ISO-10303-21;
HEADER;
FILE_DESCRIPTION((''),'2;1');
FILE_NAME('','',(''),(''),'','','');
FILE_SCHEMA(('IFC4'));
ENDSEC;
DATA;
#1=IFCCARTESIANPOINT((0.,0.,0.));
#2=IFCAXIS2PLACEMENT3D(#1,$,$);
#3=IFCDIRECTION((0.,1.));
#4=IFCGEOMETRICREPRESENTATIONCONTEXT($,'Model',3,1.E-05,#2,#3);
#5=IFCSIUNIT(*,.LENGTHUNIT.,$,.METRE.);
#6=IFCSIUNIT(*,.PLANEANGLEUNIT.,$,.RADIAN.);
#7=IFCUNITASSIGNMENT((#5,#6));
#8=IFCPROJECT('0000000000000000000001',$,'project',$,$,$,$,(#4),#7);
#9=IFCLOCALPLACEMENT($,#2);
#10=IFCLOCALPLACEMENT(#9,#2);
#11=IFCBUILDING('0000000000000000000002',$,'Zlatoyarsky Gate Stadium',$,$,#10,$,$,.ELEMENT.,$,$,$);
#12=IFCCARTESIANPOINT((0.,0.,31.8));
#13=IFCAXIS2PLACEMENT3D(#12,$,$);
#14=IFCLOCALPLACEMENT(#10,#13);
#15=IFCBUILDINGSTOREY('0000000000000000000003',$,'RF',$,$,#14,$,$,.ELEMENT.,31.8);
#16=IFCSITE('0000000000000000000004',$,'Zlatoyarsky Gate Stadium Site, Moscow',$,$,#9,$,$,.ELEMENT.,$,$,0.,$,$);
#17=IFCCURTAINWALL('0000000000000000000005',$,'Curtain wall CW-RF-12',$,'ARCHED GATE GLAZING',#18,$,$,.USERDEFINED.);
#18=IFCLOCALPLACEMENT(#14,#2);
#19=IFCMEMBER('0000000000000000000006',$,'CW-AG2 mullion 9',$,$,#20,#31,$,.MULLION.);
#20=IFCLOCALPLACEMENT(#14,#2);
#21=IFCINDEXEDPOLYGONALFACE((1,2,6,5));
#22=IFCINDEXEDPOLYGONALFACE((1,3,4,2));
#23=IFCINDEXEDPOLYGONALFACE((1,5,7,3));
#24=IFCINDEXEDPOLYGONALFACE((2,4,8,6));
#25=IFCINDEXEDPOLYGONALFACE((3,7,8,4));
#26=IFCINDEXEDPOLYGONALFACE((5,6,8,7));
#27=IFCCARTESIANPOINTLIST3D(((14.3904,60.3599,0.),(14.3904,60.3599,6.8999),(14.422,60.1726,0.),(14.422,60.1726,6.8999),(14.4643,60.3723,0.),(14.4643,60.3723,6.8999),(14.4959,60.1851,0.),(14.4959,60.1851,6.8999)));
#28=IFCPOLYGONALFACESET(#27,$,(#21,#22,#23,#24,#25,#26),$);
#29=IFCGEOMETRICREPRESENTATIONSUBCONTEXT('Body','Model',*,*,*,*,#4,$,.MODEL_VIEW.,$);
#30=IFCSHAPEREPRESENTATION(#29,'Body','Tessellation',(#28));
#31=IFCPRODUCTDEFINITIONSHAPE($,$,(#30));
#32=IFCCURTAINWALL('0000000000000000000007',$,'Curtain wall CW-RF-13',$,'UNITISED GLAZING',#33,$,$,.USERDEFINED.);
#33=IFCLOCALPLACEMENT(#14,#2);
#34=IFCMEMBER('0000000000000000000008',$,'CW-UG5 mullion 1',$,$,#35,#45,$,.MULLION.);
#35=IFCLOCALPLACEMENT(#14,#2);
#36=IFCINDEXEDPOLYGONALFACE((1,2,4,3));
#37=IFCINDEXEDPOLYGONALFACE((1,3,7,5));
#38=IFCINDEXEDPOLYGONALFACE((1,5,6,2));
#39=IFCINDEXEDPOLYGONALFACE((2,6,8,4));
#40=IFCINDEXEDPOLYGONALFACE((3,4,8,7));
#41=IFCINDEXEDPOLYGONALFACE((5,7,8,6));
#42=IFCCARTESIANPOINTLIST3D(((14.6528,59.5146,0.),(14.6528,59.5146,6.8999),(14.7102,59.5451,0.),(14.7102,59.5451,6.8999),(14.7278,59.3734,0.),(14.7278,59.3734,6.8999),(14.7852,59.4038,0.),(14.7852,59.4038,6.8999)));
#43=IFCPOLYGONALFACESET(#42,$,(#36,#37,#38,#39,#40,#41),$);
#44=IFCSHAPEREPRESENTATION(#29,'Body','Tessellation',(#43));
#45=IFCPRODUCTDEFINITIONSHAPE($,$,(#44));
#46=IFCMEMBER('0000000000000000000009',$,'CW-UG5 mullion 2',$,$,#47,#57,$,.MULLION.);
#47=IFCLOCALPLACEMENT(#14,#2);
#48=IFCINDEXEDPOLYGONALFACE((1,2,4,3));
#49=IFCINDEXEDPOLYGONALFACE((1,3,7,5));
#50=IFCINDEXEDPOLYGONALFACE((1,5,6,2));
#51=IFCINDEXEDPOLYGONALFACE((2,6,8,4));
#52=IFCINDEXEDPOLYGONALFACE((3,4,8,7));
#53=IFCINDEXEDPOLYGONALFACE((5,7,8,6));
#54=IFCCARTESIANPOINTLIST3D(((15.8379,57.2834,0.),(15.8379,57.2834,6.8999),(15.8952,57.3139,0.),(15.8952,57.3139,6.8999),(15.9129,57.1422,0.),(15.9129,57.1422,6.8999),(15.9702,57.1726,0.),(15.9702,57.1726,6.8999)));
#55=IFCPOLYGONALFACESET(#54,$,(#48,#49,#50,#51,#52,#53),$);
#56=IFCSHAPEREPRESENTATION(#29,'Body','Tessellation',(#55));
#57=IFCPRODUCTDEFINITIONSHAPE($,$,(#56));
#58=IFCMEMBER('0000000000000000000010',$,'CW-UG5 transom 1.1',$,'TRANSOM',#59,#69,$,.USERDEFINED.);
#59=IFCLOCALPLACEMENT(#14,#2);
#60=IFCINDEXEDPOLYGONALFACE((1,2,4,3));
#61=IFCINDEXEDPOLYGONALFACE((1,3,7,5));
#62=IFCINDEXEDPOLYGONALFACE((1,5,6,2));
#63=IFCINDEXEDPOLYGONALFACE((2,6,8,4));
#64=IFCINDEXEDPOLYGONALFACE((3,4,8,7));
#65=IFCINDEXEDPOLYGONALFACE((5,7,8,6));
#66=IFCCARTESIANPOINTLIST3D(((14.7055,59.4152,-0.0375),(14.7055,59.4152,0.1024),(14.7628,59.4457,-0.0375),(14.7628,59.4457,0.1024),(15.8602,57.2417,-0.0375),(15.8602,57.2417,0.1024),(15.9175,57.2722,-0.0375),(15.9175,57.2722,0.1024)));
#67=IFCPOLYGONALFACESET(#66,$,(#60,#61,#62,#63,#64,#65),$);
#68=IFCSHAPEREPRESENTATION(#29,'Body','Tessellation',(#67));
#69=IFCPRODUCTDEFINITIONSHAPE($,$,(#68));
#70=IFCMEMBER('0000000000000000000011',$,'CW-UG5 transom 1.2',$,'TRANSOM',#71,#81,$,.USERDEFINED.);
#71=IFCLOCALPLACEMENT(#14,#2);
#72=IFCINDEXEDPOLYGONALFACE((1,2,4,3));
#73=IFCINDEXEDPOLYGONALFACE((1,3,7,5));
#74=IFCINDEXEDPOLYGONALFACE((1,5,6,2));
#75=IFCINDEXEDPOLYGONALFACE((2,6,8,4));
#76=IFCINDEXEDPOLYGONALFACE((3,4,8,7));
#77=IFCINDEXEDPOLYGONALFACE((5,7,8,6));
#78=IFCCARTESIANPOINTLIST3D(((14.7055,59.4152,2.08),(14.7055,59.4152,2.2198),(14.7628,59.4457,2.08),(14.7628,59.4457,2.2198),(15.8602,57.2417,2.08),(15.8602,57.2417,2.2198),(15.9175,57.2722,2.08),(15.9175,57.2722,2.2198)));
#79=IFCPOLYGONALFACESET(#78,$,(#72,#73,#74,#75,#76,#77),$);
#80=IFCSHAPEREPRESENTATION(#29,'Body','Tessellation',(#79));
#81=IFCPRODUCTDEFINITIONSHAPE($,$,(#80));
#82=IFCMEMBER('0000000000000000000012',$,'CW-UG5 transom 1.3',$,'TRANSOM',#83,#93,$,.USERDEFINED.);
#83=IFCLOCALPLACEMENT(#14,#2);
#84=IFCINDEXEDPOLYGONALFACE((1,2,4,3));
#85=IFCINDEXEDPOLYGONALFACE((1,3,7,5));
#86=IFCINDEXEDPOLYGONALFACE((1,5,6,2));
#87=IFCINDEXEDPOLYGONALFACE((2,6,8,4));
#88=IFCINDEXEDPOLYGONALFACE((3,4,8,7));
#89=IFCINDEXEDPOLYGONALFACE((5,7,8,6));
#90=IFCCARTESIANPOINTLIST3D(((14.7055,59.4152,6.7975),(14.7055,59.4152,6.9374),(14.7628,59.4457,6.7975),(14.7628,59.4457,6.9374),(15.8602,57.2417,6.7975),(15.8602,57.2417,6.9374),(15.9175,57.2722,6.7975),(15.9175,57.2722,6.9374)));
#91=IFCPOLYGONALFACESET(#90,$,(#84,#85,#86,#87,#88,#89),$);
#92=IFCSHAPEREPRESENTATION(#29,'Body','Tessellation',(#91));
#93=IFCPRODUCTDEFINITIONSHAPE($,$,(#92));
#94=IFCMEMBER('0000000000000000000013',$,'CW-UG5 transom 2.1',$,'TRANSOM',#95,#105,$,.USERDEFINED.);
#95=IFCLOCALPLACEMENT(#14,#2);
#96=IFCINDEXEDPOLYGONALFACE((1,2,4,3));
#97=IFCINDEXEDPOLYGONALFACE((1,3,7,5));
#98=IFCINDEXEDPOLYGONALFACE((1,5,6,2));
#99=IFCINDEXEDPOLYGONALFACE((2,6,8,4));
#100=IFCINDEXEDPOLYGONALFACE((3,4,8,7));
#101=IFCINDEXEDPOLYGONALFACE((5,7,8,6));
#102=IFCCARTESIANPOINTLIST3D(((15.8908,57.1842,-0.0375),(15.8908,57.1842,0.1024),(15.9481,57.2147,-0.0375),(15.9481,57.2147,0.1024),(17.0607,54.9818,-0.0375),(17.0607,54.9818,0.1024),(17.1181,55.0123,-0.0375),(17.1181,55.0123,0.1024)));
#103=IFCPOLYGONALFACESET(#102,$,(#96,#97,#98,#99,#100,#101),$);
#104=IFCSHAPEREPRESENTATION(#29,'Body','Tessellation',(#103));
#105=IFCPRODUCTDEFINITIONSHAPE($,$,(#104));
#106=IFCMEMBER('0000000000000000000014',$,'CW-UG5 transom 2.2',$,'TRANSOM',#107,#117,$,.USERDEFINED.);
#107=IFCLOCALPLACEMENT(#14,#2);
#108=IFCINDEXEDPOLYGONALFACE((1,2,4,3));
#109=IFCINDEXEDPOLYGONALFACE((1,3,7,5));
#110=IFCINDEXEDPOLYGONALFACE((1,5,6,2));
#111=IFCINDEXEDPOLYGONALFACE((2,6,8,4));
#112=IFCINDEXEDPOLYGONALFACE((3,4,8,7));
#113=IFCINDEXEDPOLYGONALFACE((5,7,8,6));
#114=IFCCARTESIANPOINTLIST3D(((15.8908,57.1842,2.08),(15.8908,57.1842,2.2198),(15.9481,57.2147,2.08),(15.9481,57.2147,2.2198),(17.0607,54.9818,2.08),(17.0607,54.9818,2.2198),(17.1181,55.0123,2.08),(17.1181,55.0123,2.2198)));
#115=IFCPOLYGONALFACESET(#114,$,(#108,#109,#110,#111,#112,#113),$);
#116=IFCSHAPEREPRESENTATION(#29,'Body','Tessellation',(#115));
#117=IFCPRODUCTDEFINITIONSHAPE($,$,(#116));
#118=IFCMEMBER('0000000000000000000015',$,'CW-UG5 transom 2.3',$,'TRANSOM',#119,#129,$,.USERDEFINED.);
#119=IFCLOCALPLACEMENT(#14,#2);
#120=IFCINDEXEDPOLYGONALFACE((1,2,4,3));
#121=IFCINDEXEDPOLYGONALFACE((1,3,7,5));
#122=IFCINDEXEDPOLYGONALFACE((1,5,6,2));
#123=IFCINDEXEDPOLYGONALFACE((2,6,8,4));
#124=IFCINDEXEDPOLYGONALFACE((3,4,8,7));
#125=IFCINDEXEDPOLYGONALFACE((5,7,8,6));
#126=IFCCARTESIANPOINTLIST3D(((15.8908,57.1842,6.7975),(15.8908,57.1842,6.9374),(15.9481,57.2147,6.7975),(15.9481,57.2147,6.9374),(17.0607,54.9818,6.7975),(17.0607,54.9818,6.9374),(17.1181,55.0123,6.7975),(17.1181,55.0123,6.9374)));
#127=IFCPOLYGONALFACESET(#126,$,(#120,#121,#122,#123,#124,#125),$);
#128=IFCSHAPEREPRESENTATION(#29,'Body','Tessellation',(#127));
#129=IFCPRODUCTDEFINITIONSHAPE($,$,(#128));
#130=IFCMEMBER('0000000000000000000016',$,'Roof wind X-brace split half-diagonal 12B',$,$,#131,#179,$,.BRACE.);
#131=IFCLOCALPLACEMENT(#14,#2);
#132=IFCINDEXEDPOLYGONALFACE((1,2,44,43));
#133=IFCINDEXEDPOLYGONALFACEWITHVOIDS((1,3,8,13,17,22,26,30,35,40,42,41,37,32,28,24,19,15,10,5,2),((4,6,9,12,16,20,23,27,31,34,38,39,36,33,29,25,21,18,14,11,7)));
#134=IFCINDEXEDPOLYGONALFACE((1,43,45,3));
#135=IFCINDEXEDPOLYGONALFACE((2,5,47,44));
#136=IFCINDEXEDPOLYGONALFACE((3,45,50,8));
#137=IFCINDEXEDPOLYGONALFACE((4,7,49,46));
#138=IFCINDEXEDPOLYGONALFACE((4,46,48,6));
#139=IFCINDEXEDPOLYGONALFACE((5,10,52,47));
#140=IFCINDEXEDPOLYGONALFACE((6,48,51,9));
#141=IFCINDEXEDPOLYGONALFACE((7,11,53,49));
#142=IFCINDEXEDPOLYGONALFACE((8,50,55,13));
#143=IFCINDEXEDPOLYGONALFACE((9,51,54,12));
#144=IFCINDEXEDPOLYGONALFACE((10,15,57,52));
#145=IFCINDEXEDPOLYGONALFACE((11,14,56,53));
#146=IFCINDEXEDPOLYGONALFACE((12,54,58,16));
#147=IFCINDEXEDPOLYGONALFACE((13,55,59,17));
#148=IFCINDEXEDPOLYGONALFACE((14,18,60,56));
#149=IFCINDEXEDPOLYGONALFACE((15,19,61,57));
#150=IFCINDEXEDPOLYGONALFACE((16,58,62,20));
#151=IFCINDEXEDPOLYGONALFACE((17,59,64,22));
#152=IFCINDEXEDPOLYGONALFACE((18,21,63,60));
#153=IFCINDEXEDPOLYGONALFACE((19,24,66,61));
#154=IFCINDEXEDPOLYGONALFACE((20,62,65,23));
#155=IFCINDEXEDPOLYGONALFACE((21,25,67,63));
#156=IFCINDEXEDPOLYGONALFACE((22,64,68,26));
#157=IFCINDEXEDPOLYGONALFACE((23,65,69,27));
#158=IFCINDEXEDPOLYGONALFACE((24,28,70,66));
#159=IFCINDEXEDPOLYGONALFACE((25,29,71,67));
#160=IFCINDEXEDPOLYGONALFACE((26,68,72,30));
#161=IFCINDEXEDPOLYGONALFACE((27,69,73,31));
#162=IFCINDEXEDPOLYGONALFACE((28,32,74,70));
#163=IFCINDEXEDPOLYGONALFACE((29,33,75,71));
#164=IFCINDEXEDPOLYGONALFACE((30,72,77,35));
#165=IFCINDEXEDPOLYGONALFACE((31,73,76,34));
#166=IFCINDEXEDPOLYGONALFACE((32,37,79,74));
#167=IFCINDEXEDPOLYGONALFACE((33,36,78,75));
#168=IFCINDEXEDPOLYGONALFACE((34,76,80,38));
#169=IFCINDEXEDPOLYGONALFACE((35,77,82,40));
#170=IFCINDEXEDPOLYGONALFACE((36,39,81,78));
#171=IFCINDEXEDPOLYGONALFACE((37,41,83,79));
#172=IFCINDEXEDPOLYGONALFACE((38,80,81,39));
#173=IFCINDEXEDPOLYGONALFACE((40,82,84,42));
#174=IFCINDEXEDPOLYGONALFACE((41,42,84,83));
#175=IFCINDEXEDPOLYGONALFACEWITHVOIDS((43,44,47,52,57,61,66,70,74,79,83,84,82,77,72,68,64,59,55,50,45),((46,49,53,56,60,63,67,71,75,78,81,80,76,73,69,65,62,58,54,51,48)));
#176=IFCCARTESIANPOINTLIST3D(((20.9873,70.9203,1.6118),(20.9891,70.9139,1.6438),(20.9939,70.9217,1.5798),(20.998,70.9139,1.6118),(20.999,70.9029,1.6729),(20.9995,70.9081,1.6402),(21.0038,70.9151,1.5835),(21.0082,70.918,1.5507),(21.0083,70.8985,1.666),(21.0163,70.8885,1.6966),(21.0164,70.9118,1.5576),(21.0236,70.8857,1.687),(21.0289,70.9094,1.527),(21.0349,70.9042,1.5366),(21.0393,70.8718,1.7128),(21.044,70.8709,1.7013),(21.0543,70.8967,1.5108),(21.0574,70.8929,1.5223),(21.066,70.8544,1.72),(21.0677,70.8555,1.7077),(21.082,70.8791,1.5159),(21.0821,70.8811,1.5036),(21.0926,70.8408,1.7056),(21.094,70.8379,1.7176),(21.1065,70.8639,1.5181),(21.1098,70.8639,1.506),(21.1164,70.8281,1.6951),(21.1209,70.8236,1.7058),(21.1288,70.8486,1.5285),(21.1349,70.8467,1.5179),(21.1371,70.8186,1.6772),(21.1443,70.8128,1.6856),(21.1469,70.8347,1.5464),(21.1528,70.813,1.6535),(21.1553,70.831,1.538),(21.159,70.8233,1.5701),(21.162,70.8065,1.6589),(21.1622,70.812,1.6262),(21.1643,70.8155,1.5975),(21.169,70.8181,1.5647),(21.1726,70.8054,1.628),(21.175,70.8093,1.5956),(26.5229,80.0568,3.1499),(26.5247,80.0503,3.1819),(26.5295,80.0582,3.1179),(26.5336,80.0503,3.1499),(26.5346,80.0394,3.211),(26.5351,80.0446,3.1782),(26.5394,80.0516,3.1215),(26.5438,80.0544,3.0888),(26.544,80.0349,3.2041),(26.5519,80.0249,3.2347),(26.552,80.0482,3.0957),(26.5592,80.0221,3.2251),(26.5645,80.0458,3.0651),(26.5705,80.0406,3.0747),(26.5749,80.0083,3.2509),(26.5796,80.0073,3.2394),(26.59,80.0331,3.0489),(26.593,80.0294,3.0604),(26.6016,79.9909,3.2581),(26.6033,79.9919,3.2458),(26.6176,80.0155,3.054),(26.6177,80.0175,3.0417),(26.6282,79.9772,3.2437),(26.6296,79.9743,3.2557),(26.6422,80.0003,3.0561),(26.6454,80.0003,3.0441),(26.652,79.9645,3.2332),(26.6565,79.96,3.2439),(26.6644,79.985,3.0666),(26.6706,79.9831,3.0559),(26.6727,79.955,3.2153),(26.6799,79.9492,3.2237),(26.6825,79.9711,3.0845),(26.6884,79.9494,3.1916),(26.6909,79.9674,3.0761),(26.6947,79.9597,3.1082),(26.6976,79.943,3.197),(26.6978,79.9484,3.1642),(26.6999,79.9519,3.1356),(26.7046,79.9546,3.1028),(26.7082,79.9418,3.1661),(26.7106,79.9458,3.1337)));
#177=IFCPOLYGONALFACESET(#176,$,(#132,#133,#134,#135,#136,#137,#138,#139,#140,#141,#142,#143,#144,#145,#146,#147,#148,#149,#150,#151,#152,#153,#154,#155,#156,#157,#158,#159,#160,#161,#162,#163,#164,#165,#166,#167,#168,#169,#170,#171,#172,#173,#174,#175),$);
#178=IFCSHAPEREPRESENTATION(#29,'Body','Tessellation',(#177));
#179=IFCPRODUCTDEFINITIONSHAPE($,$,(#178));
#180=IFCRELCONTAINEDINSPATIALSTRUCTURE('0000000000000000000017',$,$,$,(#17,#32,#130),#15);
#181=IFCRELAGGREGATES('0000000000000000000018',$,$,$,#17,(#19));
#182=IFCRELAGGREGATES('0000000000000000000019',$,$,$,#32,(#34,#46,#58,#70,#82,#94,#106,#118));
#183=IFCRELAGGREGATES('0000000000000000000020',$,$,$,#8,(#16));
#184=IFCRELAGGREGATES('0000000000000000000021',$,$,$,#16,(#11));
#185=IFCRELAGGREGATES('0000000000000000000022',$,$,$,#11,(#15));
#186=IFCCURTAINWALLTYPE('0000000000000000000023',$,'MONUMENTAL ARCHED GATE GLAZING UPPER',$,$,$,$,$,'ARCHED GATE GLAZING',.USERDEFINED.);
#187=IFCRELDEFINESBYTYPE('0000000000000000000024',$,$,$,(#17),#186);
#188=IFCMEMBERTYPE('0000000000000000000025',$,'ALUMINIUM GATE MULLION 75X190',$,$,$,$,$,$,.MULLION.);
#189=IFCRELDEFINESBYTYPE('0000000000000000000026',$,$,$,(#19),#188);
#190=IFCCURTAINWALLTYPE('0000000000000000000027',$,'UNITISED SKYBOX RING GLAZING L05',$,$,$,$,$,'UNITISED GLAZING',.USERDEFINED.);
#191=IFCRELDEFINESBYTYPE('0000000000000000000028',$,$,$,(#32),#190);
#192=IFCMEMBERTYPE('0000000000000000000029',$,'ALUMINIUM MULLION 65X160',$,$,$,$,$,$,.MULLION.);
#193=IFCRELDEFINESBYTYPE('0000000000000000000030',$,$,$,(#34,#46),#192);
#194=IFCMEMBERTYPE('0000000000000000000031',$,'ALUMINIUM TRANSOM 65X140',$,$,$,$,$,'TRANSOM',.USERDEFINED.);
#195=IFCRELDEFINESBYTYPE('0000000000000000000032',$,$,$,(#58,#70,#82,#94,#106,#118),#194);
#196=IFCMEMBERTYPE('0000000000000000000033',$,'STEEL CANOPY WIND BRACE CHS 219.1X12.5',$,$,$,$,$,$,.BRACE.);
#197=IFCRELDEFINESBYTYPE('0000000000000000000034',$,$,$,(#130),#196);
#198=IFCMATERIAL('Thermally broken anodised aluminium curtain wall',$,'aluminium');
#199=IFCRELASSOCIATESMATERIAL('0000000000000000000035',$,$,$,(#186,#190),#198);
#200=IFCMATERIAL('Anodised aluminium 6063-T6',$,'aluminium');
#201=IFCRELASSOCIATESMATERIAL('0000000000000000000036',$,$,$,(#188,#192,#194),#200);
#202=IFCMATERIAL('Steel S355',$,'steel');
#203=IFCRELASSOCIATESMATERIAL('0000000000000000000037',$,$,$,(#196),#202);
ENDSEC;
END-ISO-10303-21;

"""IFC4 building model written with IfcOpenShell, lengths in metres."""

from ifc_helpers import new_model, si_unit, direction, frame, origin, origin_2d, place, context, subcontext, project, spatial, rectangle, hollow_circle, extrude, material, material_profile, profile_set, type_object, element, aggregate, save


model = new_model("IFC4")

# Units and contexts
model_context = context("Model", 3, precision=1e-05, world=origin(), true_north=direction((0.0, 1.0)))
body_context = subcontext(model_context, "Body", "Model", "MODEL_VIEW")
ifc_project = project(units=[si_unit("LENGTHUNIT", "METRE"), si_unit("PLANEANGLEUNIT", "RADIAN")], contexts=[model_context])

# Site, building, storey
site_placement = place(None, origin())
site = spatial("IfcSite", under=ifc_project, at=site_placement, Name="Zlatoyarsky Gate Stadium Site, Moscow", CompositionType="ELEMENT", RefElevation=0.0)
building_placement = place(site_placement, origin())
building = spatial("IfcBuilding", under=site, at=building_placement, Name="Zlatoyarsky Gate Stadium", CompositionType="ELEMENT")
storey_placement = place(building_placement, frame((0.0, 0.0, 31.8)))
storey = spatial("IfcBuildingStorey", under=building, at=storey_placement, Name="RF", CompositionType="ELEMENT", Elevation=31.8)

# Curtain wall, member
ifc_material_1 = material(Name="Thermally broken anodised aluminium curtain wall", Category="aluminium")
curtain_wall_type_1 = type_object("IfcCurtainWallType", Name="MONUMENTAL ARCHED GATE GLAZING UPPER", ElementType="ARCHED GATE GLAZING", PredefinedType="USERDEFINED", material=ifc_material_1)
curtain_wall_1_placement = place(storey_placement, origin())
curtain_wall_1 = element("IfcCurtainWall", 1, at=curtain_wall_1_placement, inside=storey, type_object=curtain_wall_type_1, Name="Curtain wall CW-RF-12", ObjectType="ARCHED GATE GLAZING", PredefinedType="USERDEFINED")
ifc_material_2 = material(Name="Anodised aluminium 6063-T6", Category="aluminium")
ifc_material_profile_1 = material_profile(ifc_material_2, rectangle(XDim=0.075, YDim=0.1899, at=origin_2d()), Name="ALU 75X190")
ifc_profile_set_1 = profile_set([ifc_material_profile_1], Name="Anodised aluminium 6063-T6")
member_type_1 = type_object("IfcMemberType", Name="ALUMINIUM GATE MULLION 75X190", PredefinedType="MULLION", material=ifc_profile_set_1)
member_1_placement = place(storey_placement, frame((14.4431, 60.2725, 0.0), z_axis=(0.0, 0.0, 1.0), x_axis=(0.986044, 0.166482, 0.0)))
member_1 = element("IfcMember", 2, at=member_1_placement, type_object=member_type_1, Name="CW-AG2 mullion 9", PredefinedType="MULLION", context=body_context, shape_type="SweptSolid", body=[
    extrude(rectangle(XDim=0.075, YDim=0.1899, at=origin_2d()), origin(), (0.0, 0.0, 1.0), 6.8999),
])
aggregate(curtain_wall_1, [member_1])

# Curtain wall, members
curtain_wall_type_2 = type_object("IfcCurtainWallType", Name="UNITISED SKYBOX RING GLAZING L05", ElementType="UNITISED GLAZING", PredefinedType="USERDEFINED", material=ifc_material_1)
curtain_wall_2_placement = place(storey_placement, origin())
curtain_wall_2 = element("IfcCurtainWall", 3, at=curtain_wall_2_placement, inside=storey, type_object=curtain_wall_type_2, Name="Curtain wall CW-RF-13", ObjectType="UNITISED GLAZING", PredefinedType="USERDEFINED")
ifc_material_profile_2 = material_profile(ifc_material_2, rectangle(XDim=0.0649, YDim=0.1599, at=origin_2d()), Name="ALU 65X160")
ifc_profile_set_2 = profile_set([ifc_material_profile_2], Name="Anodised aluminium 6063-T6")
member_type_2 = type_object("IfcMemberType", Name="ALUMINIUM MULLION 65X160", PredefinedType="MULLION", material=ifc_profile_set_2)
member_2_placement = place(storey_placement, frame((14.719, 59.4592, 0.0), z_axis=(0.0, 0.0, 1.0), x_axis=(0.883131, 0.469127, 0.0)))
member_2 = element("IfcMember", 4, at=member_2_placement, type_object=member_type_2, Name="CW-UG5 mullion 1", PredefinedType="MULLION", context=body_context, shape_type="SweptSolid", body=[
    extrude(rectangle(XDim=0.0649, YDim=0.1599, at=origin_2d()), origin(), (0.0, 0.0, 1.0), 6.8999),
])
member_3_placement = place(storey_placement, frame((15.9041, 57.228, 0.0), z_axis=(0.0, 0.0, 1.0), x_axis=(0.883131, 0.469127, 0.0)))
member_3 = element("IfcMember", 5, at=member_3_placement, type_object=member_type_2, Name="CW-UG5 mullion 2", PredefinedType="MULLION", context=body_context, shape_type="SweptSolid", body=[
    extrude(rectangle(XDim=0.0649, YDim=0.1599, at=origin_2d()), origin(), (0.0, 0.0, 1.0), 6.8999),
])
ifc_material_profile_3 = material_profile(ifc_material_2, rectangle(XDim=0.0649, YDim=0.1399, at=origin_2d()), Name="ALU 65X140")
ifc_profile_set_3 = profile_set([ifc_material_profile_3], Name="Anodised aluminium 6063-T6")
member_type_3 = type_object("IfcMemberType", Name="ALUMINIUM TRANSOM 65X140", ElementType="TRANSOM", PredefinedType="USERDEFINED", material=ifc_profile_set_3)
member_4_placement = place(storey_placement, frame((14.7341, 59.4304, 0.0325), z_axis=(0.469177, -0.883104, 0.0), x_axis=(0.883104, 0.469177, 0.0)))
member_4 = element("IfcMember", 6, at=member_4_placement, type_object=member_type_3, Name="CW-UG5 transom 1.1", ObjectType="TRANSOM", PredefinedType="USERDEFINED", context=body_context, shape_type="SweptSolid", body=[
    extrude(rectangle(XDim=0.0649, YDim=0.1399, at=origin_2d()), origin(), (0.0, 0.0, 1.0), 2.4612),
])
member_5_placement = place(storey_placement, frame((14.7341, 59.4304, 2.1499), z_axis=(0.469177, -0.883104, 0.0), x_axis=(0.883104, 0.469177, 0.0)))
member_5 = element("IfcMember", 7, at=member_5_placement, type_object=member_type_3, Name="CW-UG5 transom 1.2", ObjectType="TRANSOM", PredefinedType="USERDEFINED", context=body_context, shape_type="SweptSolid", body=[
    extrude(rectangle(XDim=0.0649, YDim=0.1399, at=origin_2d()), origin(), (0.0, 0.0, 1.0), 2.4612),
])
member_6_placement = place(storey_placement, frame((14.7341, 59.4304, 6.8674), z_axis=(0.469177, -0.883104, 0.0), x_axis=(0.883104, 0.469177, 0.0)))
member_6 = element("IfcMember", 8, at=member_6_placement, type_object=member_type_3, Name="CW-UG5 transom 1.3", ObjectType="TRANSOM", PredefinedType="USERDEFINED", context=body_context, shape_type="SweptSolid", body=[
    extrude(rectangle(XDim=0.0649, YDim=0.1399, at=origin_2d()), origin(), (0.0, 0.0, 1.0), 2.4612),
])
member_7_placement = place(storey_placement, frame((15.9194, 57.1995, 0.0325), z_axis=(0.469124, -0.883132, 0.0), x_axis=(0.883132, 0.469124, 0.0)))
member_7 = element("IfcMember", 9, at=member_7_placement, type_object=member_type_3, Name="CW-UG5 transom 2.1", ObjectType="TRANSOM", PredefinedType="USERDEFINED", context=body_context, shape_type="SweptSolid", body=[
    extrude(rectangle(XDim=0.0649, YDim=0.1399, at=origin_2d()), origin(), (0.0, 0.0, 1.0), 2.4939),
])
member_8_placement = place(storey_placement, frame((15.9194, 57.1995, 2.1499), z_axis=(0.469124, -0.883132, 0.0), x_axis=(0.883132, 0.469124, 0.0)))
member_8 = element("IfcMember", 10, at=member_8_placement, type_object=member_type_3, Name="CW-UG5 transom 2.2", ObjectType="TRANSOM", PredefinedType="USERDEFINED", context=body_context, shape_type="SweptSolid", body=[
    extrude(rectangle(XDim=0.0649, YDim=0.1399, at=origin_2d()), origin(), (0.0, 0.0, 1.0), 2.4939),
])
member_9_placement = place(storey_placement, frame((15.9194, 57.1995, 6.8674), z_axis=(0.469124, -0.883132, 0.0), x_axis=(0.883132, 0.469124, 0.0)))
member_9 = element("IfcMember", 11, at=member_9_placement, type_object=member_type_3, Name="CW-UG5 transom 2.3", ObjectType="TRANSOM", PredefinedType="USERDEFINED", context=body_context, shape_type="SweptSolid", body=[
    extrude(rectangle(XDim=0.0649, YDim=0.1399, at=origin_2d()), origin(), (0.0, 0.0, 1.0), 2.4939),
])

# Member
ifc_material_3 = material(Name="Steel S355", Category="steel")
ifc_material_profile_4 = material_profile(ifc_material_3, hollow_circle(Radius=0.1096, WallThickness=0.0125, at=origin_2d()), Name="CHS 219.1X12.5")
ifc_profile_set_4 = profile_set([ifc_material_profile_4], Name="Steel S355")
member_type_4 = type_object("IfcMemberType", Name="STEEL CANOPY WIND BRACE CHS 219.1X12.5", PredefinedType="BRACE", material=ifc_profile_set_4)
member_10_placement = place(storey_placement, frame((21.0811, 70.8635, 1.6118), z_axis=(0.512902, 0.846535, 0.142511), x_axis=(-0.855265, 0.518191, 0.0)))
element("IfcMember", 12, at=member_10_placement, inside=storey, type_object=member_type_4, Name="Roof wind X-brace split half-diagonal 12B", PredefinedType="BRACE", context=body_context, shape_type="SweptSolid", body=[
    extrude(hollow_circle(Radius=0.1096, WallThickness=0.0125, at=origin_2d()), origin(), (0.0, 0.0, 1.0), 10.7927),
])

aggregate(curtain_wall_2, [member_2, member_3, member_4, member_5, member_6, member_7, member_8, member_9])

save(model, "model.ifc")
